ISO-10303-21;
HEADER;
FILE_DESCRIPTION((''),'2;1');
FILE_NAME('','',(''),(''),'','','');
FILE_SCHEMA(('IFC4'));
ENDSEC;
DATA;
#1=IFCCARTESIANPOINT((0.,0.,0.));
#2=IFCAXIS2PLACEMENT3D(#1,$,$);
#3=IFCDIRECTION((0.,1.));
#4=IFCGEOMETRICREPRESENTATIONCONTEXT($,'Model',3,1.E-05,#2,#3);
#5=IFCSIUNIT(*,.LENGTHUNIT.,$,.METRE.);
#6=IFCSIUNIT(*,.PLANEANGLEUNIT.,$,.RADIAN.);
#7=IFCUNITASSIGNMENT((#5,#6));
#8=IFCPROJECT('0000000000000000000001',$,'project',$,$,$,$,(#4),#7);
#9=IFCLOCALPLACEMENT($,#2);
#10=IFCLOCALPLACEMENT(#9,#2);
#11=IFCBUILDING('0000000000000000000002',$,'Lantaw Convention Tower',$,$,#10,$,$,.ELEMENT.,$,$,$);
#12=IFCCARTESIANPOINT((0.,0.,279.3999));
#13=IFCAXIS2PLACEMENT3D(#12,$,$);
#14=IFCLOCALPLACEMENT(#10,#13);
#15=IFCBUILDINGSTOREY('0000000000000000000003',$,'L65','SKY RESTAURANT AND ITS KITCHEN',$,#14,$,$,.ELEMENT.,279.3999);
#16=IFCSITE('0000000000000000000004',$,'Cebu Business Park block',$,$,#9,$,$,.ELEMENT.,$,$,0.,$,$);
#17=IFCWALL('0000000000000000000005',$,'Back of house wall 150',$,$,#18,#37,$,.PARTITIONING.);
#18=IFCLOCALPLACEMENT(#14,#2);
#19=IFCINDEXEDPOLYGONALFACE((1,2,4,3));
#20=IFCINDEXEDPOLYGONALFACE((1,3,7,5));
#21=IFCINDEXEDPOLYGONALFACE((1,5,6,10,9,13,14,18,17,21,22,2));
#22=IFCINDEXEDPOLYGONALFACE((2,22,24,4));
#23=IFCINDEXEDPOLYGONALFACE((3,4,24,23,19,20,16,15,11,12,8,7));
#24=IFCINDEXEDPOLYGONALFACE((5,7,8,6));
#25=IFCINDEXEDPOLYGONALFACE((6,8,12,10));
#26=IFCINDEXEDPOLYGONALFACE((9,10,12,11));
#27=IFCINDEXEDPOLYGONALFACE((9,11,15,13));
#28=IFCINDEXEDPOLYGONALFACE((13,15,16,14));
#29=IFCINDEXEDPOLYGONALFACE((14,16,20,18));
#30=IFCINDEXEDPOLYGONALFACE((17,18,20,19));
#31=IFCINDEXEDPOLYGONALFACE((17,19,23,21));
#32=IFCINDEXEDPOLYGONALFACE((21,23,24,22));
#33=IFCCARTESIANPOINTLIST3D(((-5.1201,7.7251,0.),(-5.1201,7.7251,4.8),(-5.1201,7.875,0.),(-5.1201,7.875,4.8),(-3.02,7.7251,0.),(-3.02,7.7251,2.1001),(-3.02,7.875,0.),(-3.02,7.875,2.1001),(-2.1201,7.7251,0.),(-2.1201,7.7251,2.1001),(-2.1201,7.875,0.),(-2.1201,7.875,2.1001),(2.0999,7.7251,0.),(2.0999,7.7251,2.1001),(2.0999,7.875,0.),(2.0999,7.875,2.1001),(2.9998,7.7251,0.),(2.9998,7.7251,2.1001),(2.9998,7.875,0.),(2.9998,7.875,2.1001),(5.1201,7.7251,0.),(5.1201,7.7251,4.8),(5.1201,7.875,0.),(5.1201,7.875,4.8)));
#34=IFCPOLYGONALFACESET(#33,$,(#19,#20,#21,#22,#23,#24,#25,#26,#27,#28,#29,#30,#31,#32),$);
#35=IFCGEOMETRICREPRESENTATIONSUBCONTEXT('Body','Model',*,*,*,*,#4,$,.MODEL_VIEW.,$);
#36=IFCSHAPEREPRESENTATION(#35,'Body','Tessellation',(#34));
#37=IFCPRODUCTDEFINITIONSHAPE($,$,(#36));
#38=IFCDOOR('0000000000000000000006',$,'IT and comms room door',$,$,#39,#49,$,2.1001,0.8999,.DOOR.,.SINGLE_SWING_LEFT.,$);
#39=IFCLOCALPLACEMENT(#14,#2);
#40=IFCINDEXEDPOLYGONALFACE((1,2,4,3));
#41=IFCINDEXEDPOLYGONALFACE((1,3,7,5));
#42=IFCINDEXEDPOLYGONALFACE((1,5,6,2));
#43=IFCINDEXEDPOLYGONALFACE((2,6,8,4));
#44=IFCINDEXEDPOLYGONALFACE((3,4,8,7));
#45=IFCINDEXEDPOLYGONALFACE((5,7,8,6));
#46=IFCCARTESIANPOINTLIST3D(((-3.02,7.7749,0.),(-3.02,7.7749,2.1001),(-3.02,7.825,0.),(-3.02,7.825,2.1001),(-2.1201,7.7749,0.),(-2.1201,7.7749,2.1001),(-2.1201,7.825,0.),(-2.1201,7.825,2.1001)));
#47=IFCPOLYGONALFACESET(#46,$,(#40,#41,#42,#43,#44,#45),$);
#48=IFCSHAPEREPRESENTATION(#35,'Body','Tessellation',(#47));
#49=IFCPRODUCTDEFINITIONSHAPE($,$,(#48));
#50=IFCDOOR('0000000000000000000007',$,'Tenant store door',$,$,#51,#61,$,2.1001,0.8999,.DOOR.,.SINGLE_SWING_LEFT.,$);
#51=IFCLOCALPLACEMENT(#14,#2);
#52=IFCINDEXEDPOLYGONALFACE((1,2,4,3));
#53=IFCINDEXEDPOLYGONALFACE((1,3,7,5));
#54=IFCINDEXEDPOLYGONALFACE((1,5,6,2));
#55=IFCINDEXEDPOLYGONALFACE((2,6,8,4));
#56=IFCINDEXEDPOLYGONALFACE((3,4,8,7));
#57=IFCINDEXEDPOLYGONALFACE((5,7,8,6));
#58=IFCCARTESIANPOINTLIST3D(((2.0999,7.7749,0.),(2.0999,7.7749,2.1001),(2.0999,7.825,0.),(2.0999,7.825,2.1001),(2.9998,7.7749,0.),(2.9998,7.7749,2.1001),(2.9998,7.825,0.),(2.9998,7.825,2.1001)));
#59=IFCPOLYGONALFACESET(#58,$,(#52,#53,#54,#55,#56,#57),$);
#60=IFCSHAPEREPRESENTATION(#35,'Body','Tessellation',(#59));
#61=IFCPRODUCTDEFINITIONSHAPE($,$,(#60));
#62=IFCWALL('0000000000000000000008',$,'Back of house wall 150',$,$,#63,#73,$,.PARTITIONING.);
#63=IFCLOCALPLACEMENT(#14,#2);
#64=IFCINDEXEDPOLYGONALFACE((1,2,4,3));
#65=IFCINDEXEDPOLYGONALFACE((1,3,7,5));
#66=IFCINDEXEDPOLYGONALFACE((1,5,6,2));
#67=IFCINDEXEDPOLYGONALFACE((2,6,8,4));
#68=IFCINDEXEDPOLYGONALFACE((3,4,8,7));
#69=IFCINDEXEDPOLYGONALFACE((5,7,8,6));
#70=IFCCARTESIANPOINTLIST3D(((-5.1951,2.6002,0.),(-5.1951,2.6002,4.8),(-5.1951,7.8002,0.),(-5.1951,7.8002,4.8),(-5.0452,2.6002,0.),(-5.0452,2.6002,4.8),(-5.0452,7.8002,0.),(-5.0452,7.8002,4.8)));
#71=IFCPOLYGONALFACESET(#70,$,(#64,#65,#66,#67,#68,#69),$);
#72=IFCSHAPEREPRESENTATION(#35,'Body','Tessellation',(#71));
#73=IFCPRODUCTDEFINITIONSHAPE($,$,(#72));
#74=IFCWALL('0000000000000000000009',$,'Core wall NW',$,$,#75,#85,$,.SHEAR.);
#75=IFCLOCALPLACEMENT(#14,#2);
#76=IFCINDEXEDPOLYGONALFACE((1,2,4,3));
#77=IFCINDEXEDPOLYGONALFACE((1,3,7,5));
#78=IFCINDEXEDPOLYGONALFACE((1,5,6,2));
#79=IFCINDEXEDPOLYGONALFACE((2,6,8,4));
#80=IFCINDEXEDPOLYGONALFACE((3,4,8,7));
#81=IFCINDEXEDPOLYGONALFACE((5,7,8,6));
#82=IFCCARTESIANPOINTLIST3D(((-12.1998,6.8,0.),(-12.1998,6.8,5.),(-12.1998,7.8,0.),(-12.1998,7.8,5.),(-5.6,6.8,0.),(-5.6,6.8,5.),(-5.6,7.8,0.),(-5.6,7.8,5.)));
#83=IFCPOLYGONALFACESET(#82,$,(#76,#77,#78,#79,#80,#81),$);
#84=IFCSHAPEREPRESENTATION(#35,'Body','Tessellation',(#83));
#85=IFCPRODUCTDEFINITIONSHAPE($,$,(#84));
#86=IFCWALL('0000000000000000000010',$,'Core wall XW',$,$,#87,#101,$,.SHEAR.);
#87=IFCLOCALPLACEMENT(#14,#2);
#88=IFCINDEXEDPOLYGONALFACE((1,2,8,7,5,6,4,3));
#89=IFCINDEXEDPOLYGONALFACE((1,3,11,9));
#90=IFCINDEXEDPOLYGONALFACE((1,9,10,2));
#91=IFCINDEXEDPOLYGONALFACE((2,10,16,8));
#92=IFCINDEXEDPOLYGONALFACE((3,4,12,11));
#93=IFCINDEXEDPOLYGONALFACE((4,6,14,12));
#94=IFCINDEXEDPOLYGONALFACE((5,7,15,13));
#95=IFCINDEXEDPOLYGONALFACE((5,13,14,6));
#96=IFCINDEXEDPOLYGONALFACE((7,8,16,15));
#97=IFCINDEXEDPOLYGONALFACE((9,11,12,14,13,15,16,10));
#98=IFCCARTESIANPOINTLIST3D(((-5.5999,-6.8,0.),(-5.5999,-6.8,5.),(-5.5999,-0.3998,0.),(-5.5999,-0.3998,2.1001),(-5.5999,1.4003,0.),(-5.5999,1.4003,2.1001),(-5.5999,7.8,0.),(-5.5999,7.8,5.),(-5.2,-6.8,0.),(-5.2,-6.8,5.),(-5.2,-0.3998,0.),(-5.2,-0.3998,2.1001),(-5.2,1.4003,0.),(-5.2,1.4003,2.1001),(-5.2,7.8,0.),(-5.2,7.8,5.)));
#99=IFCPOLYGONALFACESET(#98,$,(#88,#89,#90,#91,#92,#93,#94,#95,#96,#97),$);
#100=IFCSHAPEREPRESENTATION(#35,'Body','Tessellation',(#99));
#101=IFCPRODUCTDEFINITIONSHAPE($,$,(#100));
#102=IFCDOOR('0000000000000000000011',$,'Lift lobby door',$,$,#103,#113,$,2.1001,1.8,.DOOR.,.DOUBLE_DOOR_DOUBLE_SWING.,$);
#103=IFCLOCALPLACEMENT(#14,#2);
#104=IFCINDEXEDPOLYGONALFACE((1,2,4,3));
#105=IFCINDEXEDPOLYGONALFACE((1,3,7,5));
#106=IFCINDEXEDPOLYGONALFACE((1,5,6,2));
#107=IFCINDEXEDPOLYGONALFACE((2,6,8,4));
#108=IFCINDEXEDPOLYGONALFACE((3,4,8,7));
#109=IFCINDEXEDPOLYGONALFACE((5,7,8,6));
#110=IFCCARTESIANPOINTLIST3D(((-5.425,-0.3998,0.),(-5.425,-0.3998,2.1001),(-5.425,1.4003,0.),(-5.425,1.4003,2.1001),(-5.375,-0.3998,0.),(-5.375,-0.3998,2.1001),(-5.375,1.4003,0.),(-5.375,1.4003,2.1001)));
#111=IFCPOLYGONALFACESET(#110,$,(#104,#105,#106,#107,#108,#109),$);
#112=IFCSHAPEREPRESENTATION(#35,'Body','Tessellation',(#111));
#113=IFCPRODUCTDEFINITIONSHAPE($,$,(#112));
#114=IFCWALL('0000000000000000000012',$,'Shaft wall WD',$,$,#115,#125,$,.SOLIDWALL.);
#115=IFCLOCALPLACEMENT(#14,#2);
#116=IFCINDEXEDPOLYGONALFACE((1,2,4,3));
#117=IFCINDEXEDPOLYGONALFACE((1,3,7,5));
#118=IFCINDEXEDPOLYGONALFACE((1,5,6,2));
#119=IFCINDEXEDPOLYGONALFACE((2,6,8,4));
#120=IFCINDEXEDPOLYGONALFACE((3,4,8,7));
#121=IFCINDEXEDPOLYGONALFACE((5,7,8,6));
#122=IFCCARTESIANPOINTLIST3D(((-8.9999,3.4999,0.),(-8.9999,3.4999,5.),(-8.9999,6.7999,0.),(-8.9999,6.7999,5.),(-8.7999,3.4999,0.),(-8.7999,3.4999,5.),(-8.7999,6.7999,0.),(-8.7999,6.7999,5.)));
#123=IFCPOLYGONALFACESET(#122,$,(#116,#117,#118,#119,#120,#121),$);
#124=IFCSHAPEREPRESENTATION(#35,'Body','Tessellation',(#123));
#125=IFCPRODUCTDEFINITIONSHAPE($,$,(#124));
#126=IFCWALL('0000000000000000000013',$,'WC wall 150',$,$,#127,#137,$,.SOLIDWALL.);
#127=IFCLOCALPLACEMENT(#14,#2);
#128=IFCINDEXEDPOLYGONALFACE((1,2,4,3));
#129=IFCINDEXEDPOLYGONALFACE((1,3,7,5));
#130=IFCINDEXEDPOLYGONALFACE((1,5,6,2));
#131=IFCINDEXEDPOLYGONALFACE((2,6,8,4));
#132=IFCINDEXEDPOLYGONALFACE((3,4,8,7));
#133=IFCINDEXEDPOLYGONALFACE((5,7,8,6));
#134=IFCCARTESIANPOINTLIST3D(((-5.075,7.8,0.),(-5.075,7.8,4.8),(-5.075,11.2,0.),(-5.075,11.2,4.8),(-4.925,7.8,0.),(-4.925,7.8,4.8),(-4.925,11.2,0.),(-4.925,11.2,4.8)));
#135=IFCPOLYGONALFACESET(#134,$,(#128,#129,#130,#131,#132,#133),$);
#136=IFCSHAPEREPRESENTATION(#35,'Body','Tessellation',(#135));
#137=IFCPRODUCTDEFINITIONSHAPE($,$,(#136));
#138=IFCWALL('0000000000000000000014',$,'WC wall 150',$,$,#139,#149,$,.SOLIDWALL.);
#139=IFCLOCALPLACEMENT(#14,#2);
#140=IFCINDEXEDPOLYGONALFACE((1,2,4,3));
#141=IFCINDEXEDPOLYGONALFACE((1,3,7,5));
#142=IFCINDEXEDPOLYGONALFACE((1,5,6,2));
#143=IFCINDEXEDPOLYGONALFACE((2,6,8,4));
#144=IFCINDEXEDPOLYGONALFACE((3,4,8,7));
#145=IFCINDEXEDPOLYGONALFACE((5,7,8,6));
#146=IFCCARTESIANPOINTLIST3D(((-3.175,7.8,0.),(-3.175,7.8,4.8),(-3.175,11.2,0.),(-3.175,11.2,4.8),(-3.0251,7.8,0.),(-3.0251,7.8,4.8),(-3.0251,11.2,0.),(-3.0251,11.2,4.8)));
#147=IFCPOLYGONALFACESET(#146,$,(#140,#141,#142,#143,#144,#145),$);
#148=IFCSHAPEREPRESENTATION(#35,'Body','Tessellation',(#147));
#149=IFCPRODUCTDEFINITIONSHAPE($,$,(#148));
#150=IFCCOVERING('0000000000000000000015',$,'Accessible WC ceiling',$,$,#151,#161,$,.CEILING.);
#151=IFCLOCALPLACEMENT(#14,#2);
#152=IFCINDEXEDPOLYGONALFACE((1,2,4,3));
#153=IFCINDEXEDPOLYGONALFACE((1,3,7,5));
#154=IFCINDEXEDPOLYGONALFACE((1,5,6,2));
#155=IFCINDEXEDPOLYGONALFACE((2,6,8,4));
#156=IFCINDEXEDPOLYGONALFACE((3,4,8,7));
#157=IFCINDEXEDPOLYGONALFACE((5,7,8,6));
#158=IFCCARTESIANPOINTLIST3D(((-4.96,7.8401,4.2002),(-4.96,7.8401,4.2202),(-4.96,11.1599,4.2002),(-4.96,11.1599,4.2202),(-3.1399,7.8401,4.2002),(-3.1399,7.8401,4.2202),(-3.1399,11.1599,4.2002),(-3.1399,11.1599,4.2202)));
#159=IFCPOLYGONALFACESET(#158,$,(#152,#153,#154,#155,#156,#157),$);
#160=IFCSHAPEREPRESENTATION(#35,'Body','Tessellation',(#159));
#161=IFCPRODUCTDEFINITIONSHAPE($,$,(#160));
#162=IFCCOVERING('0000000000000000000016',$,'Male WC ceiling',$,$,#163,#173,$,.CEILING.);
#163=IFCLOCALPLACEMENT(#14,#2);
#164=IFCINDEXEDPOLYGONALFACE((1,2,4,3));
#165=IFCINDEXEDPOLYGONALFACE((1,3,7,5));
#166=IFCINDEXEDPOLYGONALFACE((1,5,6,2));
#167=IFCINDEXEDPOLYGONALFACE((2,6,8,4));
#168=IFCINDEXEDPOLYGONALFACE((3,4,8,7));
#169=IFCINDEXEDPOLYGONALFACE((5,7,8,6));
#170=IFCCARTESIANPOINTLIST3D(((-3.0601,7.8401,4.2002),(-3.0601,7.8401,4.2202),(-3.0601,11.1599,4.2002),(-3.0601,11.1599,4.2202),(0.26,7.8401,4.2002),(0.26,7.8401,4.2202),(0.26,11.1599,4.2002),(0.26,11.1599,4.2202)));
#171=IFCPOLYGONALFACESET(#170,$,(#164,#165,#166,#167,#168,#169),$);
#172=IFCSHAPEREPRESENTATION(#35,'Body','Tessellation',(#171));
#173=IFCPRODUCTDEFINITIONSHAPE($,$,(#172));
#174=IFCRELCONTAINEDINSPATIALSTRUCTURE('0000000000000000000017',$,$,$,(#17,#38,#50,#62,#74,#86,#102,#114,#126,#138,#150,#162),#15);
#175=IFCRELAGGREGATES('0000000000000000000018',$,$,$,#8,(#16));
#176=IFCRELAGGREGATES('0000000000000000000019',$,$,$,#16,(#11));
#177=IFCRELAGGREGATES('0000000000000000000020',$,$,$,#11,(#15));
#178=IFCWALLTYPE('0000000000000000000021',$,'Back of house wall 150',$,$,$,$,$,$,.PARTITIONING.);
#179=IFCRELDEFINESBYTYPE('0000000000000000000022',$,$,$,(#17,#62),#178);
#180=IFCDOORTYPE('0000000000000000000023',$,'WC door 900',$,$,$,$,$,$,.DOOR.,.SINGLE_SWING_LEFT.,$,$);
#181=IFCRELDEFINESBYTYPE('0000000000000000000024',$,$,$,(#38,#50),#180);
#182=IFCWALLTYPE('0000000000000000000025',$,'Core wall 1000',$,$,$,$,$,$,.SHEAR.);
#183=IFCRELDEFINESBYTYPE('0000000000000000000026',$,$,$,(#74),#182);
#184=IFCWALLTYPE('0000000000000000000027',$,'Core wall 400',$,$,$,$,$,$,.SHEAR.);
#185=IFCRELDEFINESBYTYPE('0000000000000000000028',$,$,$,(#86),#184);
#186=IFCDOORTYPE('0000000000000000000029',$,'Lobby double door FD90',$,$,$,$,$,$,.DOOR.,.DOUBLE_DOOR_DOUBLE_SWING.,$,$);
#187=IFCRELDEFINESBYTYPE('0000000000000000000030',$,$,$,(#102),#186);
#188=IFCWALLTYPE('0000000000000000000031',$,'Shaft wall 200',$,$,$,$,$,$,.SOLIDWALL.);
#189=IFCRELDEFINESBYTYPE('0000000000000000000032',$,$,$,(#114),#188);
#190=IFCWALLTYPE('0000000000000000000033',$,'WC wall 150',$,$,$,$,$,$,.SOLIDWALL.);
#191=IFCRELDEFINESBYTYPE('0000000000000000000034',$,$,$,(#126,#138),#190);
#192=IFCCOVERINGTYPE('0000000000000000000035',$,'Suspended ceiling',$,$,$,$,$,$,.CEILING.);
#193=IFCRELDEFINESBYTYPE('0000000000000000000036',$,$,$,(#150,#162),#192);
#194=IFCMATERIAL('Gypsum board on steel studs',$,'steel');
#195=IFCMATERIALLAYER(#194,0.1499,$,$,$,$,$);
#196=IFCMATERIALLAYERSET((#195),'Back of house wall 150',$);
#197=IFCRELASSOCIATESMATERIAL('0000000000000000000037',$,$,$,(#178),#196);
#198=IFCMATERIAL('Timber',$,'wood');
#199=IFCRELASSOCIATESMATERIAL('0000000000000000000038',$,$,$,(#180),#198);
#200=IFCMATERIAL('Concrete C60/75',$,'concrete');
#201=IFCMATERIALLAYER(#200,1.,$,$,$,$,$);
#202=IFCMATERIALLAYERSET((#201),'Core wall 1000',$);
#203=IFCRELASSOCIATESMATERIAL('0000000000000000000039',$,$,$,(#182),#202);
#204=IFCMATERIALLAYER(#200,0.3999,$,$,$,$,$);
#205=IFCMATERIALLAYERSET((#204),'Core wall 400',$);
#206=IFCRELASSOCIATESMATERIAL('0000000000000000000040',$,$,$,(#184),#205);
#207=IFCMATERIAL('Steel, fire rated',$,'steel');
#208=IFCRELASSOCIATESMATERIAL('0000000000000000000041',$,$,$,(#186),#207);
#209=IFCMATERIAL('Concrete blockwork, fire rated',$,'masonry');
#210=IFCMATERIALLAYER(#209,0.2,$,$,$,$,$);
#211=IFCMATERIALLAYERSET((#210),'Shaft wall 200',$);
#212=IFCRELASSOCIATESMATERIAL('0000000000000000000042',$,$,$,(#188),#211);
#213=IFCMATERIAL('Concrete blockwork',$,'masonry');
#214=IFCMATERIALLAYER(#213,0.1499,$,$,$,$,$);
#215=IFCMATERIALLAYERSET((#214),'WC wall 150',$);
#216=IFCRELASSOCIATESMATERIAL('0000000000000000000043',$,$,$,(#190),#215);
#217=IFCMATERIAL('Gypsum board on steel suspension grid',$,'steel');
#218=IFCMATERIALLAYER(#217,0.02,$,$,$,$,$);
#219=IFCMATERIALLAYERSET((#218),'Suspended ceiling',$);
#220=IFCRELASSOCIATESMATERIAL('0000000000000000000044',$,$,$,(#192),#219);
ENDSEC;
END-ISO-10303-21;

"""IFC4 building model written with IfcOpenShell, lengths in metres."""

from ifc_helpers import new_model, si_unit, direction, frame, frame_2d, origin, place, context, subcontext, project, spatial, polyline, rectangle, outline, extrude, material, layer, layer_set, type_object, element, fill, save


model = new_model("IFC4")

# Units and contexts
model_context = context("Model", 3, precision=1e-05, world=origin(), true_north=direction((0.0, 1.0)))
body_context = subcontext(model_context, "Body", "Model", "MODEL_VIEW")
ifc_project = project(units=[si_unit("LENGTHUNIT", "METRE"), si_unit("PLANEANGLEUNIT", "RADIAN")], contexts=[model_context])

# Site, building, storey
site_placement = place(None, origin())
site = spatial("IfcSite", under=ifc_project, at=site_placement, Name="Cebu Business Park block", CompositionType="ELEMENT", RefElevation=0.0)
building_placement = place(site_placement, origin())
building = spatial("IfcBuilding", under=site, at=building_placement, Name="Lantaw Convention Tower", CompositionType="ELEMENT")
storey_placement = place(building_placement, frame((0.0, 0.0, 279.3999)))
storey = spatial("IfcBuildingStorey", under=building, at=storey_placement, Name="L65", Description="SKY RESTAURANT AND ITS KITCHEN", CompositionType="ELEMENT", Elevation=279.3999)

# Wall, openings, doors
ifc_material_1 = material(Name="Gypsum board on steel studs", Category="steel")
ifc_layer_1 = layer(ifc_material_1, 0.1499)
ifc_layer_set_1 = layer_set([ifc_layer_1], Name="Back of house wall 150")
wall_type_1 = type_object("IfcWallType", Name="Back of house wall 150", PredefinedType="PARTITIONING", material=ifc_layer_set_1)
wall_1_placement = place(storey_placement, frame((-5.1201, 7.8, 0.0), z_axis=(0.0, 0.0, 1.0), x_axis=(1.0, 0.0, 0.0)))
wall_1 = element("IfcWall", 1, at=wall_1_placement, inside=storey, type_object=wall_type_1, Name="Back of house wall 150", PredefinedType="PARTITIONING", context=body_context, shape_type="SweptSolid", body=[
    extrude(rectangle(XDim=10.2402, YDim=0.1499, at=frame_2d((5.1201, 0.0))), origin(), (0.0, 0.0, 1.0), 4.8),
])
opening_1_placement = place(wall_1_placement, frame((2.1001, 0.0, 0.0)))
opening_1 = element("IfcOpeningElement", 2, at=opening_1_placement, cuts=wall_1, PredefinedType="OPENING", context=body_context, shape_type="SweptSolid", body=[
    extrude(rectangle(XDim=0.8999, YDim=2.1001, at=frame_2d((0.45, 1.05))), frame((0.0, 0.085, 0.0), z_axis=(0.0, -1.0, 0.0), x_axis=(1.0, 0.0, 0.0)), (0.0, 0.0, 1.0), 0.1699),
])
opening_2_placement = place(wall_1_placement, frame((7.22, 0.0, 0.0)))
opening_2 = element("IfcOpeningElement", 3, at=opening_2_placement, cuts=wall_1, PredefinedType="OPENING", context=body_context, shape_type="SweptSolid", body=[
    extrude(rectangle(XDim=0.8999, YDim=2.1001, at=frame_2d((0.45, 1.05))), frame((0.0, 0.085, 0.0), z_axis=(0.0, -1.0, 0.0), x_axis=(1.0, 0.0, 0.0)), (0.0, 0.0, 1.0), 0.1699),
])
ifc_material_2 = material(Name="Timber", Category="wood")
door_type_1 = type_object("IfcDoorType", Name="WC door 900", OperationType="SINGLE_SWING_LEFT", PredefinedType="DOOR", material=ifc_material_2)
door_1_placement = place(opening_1_placement, origin())
door_1 = element("IfcDoor", 4, at=door_1_placement, inside=storey, type_object=door_type_1, Name="IT and comms room door", OperationType="SINGLE_SWING_LEFT", OverallHeight=2.1001, OverallWidth=0.8999, PredefinedType="DOOR", context=body_context, shape_type="SweptSolid", body=[
    extrude(rectangle(XDim=0.8999, YDim=2.1001, at=frame_2d((0.45, 1.05))), frame((0.0, 0.0249, 0.0), z_axis=(0.0, -1.0, 0.0), x_axis=(1.0, 0.0, 0.0)), (0.0, 0.0, 1.0), 0.05),
])
fill(opening_1, door_1)
door_2_placement = place(opening_2_placement, origin())
door_2 = element("IfcDoor", 5, at=door_2_placement, inside=storey, type_object=door_type_1, Name="Tenant store door", OperationType="SINGLE_SWING_LEFT", OverallHeight=2.1001, OverallWidth=0.8999, PredefinedType="DOOR", context=body_context, shape_type="SweptSolid", body=[
    extrude(rectangle(XDim=0.8999, YDim=2.1001, at=frame_2d((0.45, 1.05))), frame((0.0, 0.0249, 0.0), z_axis=(0.0, -1.0, 0.0), x_axis=(1.0, 0.0, 0.0)), (0.0, 0.0, 1.0), 0.05),
])
fill(opening_2, door_2)

# Walls
wall_2_placement = place(storey_placement, frame((-5.1201, 2.6001, 0.0), z_axis=(0.0, 0.0, 1.0), x_axis=(0.0, 1.0, 0.0)))
element("IfcWall", 6, at=wall_2_placement, inside=storey, type_object=wall_type_1, Name="Back of house wall 150", PredefinedType="PARTITIONING", context=body_context, shape_type="SweptSolid", body=[
    extrude(rectangle(XDim=5.2, YDim=0.1499, at=frame_2d((2.6001, 0.0))), origin(), (0.0, 0.0, 1.0), 4.8),
])
ifc_material_3 = material(Name="Concrete C60/75", Category="concrete")
ifc_layer_2 = layer(ifc_material_3, 1.0)
ifc_layer_set_2 = layer_set([ifc_layer_2], Name="Core wall 1000")
wall_type_2 = type_object("IfcWallType", Name="Core wall 1000", PredefinedType="SHEAR", material=ifc_layer_set_2)
wall_3_placement = place(storey_placement, frame((-5.6001, 7.3, 0.0), z_axis=(0.0, 0.0, 1.0), x_axis=(-1.0, 0.0, 0.0)))
element("IfcWall", 7, at=wall_3_placement, inside=storey, type_object=wall_type_2, Name="Core wall NW", PredefinedType="SHEAR", context=body_context, shape_type="SweptSolid", body=[
    extrude(rectangle(XDim=6.5999, YDim=1.0, at=frame_2d((3.2998, 0.0))), origin(), (0.0, 0.0, 1.0), 5.0),
])

# Wall, opening, door
ifc_layer_3 = layer(ifc_material_3, 0.3999)
ifc_layer_set_3 = layer_set([ifc_layer_3], Name="Core wall 400")
wall_type_3 = type_object("IfcWallType", Name="Core wall 400", PredefinedType="SHEAR", material=ifc_layer_set_3)
wall_4_placement = place(storey_placement, frame((-5.3999, 7.8, 0.0), z_axis=(0.0, 0.0, 1.0), x_axis=(0.0, -1.0, 0.0)))
wall_4 = element("IfcWall", 8, at=wall_4_placement, inside=storey, type_object=wall_type_3, Name="Core wall XW", PredefinedType="SHEAR", context=body_context, shape_type="SweptSolid", body=[
    extrude(rectangle(XDim=14.6001, YDim=0.3999, at=frame_2d((7.3, 0.0))), origin(), (0.0, 0.0, 1.0), 5.0),
])
opening_3_placement = place(wall_4_placement, frame((6.3999, 0.0, 0.0)))
opening_3 = element("IfcOpeningElement", 9, at=opening_3_placement, cuts=wall_4, PredefinedType="OPENING", context=body_context, shape_type="SweptSolid", body=[
    extrude(rectangle(XDim=1.8, YDim=2.1001, at=frame_2d((0.8999, 1.05))), frame((0.0, 0.21, 0.0), z_axis=(0.0, -1.0, 0.0), x_axis=(1.0, 0.0, 0.0)), (0.0, 0.0, 1.0), 0.4199),
])
ifc_material_4 = material(Name="Steel, fire rated", Category="steel")
door_type_2 = type_object("IfcDoorType", Name="Lobby double door FD90", OperationType="DOUBLE_DOOR_DOUBLE_SWING", PredefinedType="DOOR", material=ifc_material_4)
door_3_placement = place(opening_3_placement, origin())
door_3 = element("IfcDoor", 10, at=door_3_placement, inside=storey, type_object=door_type_2, Name="Lift lobby door", OperationType="DOUBLE_DOOR_DOUBLE_SWING", OverallHeight=2.1001, OverallWidth=1.8, PredefinedType="DOOR", context=body_context, shape_type="SweptSolid", body=[
    extrude(rectangle(XDim=1.8, YDim=2.1001, at=frame_2d((0.8999, 1.05))), frame((0.0, 0.0249, 0.0), z_axis=(0.0, -1.0, 0.0), x_axis=(1.0, 0.0, 0.0)), (0.0, 0.0, 1.0), 0.05),
])
fill(opening_3, door_3)

# Walls
ifc_material_5 = material(Name="Concrete blockwork, fire rated", Category="masonry")
ifc_layer_4 = layer(ifc_material_5, 0.2)
ifc_layer_set_4 = layer_set([ifc_layer_4], Name="Shaft wall 200")
wall_type_4 = type_object("IfcWallType", Name="Shaft wall 200", PredefinedType="SOLIDWALL", material=ifc_layer_set_4)
wall_5_placement = place(storey_placement, frame((-8.8999, 3.5, 0.0), z_axis=(0.0, 0.0, 1.0), x_axis=(0.0, 1.0, 0.0)))
element("IfcWall", 11, at=wall_5_placement, inside=storey, type_object=wall_type_4, Name="Shaft wall WD", PredefinedType="SOLIDWALL", context=body_context, shape_type="SweptSolid", body=[
    extrude(rectangle(XDim=3.3, YDim=0.2, at=frame_2d((1.6499, 0.0))), origin(), (0.0, 0.0, 1.0), 5.0),
])
ifc_material_6 = material(Name="Concrete blockwork", Category="masonry")
ifc_layer_5 = layer(ifc_material_6, 0.1499)
ifc_layer_set_5 = layer_set([ifc_layer_5], Name="WC wall 150")
wall_type_5 = type_object("IfcWallType", Name="WC wall 150", PredefinedType="SOLIDWALL", material=ifc_layer_set_5)
for number, where, z_axis, x_axis, name in (
    (12, (-5.0, 7.8, 0.0), (0.0, 0.0, 1.0), (0.0, 1.0, 0.0), "WC wall 150"),
    (13, (-3.1001, 7.8, 0.0), (0.0, 0.0, 1.0), (0.0, 1.0, 0.0), "WC wall 150"),
):
    element("IfcWall", number, at=place(storey_placement, frame(where, z_axis=z_axis, x_axis=x_axis)), inside=storey, type_object=wall_type_5, Name=name, PredefinedType="SOLIDWALL", context=body_context, shape_type="SweptSolid", body=[
        extrude(rectangle(XDim=3.3999, YDim=0.1499, at=frame_2d((1.7, 0.0))), origin(), (0.0, 0.0, 1.0), 4.8),
    ])

# Coverings
ifc_material_7 = material(Name="Gypsum board on steel suspension grid", Category="steel")
ifc_layer_6 = layer(ifc_material_7, 0.02)
ifc_layer_set_6 = layer_set([ifc_layer_6], Name="Suspended ceiling")
covering_type = type_object("IfcCoveringType", Name="Suspended ceiling", PredefinedType="CEILING", material=ifc_layer_set_6)
covering_1_placement = place(storey_placement, frame((0.0, 0.0, 4.2002)))
element("IfcCovering", 14, at=covering_1_placement, inside=storey, type_object=covering_type, Name="Accessible WC ceiling", PredefinedType="CEILING", context=body_context, shape_type="SweptSolid", body=[
    extrude(outline(polyline([(-4.96, 7.8401), (-3.1399, 7.8401), (-3.1399, 11.1599), (-4.96, 11.1599), (-4.96, 7.8401)])), origin(), (0.0, 0.0, 1.0), 0.02),
])
covering_2_placement = place(storey_placement, frame((0.0, 0.0, 4.2002)))
element("IfcCovering", 15, at=covering_2_placement, inside=storey, type_object=covering_type, Name="Male WC ceiling", PredefinedType="CEILING", context=body_context, shape_type="SweptSolid", body=[
    extrude(outline(polyline([(-3.0601, 7.8401), (0.26, 7.8401), (0.26, 11.1599), (-3.0601, 11.1599), (-3.0601, 7.8401)])), origin(), (0.0, 0.0, 1.0), 0.02),
])

save(model, "model.ifc")
